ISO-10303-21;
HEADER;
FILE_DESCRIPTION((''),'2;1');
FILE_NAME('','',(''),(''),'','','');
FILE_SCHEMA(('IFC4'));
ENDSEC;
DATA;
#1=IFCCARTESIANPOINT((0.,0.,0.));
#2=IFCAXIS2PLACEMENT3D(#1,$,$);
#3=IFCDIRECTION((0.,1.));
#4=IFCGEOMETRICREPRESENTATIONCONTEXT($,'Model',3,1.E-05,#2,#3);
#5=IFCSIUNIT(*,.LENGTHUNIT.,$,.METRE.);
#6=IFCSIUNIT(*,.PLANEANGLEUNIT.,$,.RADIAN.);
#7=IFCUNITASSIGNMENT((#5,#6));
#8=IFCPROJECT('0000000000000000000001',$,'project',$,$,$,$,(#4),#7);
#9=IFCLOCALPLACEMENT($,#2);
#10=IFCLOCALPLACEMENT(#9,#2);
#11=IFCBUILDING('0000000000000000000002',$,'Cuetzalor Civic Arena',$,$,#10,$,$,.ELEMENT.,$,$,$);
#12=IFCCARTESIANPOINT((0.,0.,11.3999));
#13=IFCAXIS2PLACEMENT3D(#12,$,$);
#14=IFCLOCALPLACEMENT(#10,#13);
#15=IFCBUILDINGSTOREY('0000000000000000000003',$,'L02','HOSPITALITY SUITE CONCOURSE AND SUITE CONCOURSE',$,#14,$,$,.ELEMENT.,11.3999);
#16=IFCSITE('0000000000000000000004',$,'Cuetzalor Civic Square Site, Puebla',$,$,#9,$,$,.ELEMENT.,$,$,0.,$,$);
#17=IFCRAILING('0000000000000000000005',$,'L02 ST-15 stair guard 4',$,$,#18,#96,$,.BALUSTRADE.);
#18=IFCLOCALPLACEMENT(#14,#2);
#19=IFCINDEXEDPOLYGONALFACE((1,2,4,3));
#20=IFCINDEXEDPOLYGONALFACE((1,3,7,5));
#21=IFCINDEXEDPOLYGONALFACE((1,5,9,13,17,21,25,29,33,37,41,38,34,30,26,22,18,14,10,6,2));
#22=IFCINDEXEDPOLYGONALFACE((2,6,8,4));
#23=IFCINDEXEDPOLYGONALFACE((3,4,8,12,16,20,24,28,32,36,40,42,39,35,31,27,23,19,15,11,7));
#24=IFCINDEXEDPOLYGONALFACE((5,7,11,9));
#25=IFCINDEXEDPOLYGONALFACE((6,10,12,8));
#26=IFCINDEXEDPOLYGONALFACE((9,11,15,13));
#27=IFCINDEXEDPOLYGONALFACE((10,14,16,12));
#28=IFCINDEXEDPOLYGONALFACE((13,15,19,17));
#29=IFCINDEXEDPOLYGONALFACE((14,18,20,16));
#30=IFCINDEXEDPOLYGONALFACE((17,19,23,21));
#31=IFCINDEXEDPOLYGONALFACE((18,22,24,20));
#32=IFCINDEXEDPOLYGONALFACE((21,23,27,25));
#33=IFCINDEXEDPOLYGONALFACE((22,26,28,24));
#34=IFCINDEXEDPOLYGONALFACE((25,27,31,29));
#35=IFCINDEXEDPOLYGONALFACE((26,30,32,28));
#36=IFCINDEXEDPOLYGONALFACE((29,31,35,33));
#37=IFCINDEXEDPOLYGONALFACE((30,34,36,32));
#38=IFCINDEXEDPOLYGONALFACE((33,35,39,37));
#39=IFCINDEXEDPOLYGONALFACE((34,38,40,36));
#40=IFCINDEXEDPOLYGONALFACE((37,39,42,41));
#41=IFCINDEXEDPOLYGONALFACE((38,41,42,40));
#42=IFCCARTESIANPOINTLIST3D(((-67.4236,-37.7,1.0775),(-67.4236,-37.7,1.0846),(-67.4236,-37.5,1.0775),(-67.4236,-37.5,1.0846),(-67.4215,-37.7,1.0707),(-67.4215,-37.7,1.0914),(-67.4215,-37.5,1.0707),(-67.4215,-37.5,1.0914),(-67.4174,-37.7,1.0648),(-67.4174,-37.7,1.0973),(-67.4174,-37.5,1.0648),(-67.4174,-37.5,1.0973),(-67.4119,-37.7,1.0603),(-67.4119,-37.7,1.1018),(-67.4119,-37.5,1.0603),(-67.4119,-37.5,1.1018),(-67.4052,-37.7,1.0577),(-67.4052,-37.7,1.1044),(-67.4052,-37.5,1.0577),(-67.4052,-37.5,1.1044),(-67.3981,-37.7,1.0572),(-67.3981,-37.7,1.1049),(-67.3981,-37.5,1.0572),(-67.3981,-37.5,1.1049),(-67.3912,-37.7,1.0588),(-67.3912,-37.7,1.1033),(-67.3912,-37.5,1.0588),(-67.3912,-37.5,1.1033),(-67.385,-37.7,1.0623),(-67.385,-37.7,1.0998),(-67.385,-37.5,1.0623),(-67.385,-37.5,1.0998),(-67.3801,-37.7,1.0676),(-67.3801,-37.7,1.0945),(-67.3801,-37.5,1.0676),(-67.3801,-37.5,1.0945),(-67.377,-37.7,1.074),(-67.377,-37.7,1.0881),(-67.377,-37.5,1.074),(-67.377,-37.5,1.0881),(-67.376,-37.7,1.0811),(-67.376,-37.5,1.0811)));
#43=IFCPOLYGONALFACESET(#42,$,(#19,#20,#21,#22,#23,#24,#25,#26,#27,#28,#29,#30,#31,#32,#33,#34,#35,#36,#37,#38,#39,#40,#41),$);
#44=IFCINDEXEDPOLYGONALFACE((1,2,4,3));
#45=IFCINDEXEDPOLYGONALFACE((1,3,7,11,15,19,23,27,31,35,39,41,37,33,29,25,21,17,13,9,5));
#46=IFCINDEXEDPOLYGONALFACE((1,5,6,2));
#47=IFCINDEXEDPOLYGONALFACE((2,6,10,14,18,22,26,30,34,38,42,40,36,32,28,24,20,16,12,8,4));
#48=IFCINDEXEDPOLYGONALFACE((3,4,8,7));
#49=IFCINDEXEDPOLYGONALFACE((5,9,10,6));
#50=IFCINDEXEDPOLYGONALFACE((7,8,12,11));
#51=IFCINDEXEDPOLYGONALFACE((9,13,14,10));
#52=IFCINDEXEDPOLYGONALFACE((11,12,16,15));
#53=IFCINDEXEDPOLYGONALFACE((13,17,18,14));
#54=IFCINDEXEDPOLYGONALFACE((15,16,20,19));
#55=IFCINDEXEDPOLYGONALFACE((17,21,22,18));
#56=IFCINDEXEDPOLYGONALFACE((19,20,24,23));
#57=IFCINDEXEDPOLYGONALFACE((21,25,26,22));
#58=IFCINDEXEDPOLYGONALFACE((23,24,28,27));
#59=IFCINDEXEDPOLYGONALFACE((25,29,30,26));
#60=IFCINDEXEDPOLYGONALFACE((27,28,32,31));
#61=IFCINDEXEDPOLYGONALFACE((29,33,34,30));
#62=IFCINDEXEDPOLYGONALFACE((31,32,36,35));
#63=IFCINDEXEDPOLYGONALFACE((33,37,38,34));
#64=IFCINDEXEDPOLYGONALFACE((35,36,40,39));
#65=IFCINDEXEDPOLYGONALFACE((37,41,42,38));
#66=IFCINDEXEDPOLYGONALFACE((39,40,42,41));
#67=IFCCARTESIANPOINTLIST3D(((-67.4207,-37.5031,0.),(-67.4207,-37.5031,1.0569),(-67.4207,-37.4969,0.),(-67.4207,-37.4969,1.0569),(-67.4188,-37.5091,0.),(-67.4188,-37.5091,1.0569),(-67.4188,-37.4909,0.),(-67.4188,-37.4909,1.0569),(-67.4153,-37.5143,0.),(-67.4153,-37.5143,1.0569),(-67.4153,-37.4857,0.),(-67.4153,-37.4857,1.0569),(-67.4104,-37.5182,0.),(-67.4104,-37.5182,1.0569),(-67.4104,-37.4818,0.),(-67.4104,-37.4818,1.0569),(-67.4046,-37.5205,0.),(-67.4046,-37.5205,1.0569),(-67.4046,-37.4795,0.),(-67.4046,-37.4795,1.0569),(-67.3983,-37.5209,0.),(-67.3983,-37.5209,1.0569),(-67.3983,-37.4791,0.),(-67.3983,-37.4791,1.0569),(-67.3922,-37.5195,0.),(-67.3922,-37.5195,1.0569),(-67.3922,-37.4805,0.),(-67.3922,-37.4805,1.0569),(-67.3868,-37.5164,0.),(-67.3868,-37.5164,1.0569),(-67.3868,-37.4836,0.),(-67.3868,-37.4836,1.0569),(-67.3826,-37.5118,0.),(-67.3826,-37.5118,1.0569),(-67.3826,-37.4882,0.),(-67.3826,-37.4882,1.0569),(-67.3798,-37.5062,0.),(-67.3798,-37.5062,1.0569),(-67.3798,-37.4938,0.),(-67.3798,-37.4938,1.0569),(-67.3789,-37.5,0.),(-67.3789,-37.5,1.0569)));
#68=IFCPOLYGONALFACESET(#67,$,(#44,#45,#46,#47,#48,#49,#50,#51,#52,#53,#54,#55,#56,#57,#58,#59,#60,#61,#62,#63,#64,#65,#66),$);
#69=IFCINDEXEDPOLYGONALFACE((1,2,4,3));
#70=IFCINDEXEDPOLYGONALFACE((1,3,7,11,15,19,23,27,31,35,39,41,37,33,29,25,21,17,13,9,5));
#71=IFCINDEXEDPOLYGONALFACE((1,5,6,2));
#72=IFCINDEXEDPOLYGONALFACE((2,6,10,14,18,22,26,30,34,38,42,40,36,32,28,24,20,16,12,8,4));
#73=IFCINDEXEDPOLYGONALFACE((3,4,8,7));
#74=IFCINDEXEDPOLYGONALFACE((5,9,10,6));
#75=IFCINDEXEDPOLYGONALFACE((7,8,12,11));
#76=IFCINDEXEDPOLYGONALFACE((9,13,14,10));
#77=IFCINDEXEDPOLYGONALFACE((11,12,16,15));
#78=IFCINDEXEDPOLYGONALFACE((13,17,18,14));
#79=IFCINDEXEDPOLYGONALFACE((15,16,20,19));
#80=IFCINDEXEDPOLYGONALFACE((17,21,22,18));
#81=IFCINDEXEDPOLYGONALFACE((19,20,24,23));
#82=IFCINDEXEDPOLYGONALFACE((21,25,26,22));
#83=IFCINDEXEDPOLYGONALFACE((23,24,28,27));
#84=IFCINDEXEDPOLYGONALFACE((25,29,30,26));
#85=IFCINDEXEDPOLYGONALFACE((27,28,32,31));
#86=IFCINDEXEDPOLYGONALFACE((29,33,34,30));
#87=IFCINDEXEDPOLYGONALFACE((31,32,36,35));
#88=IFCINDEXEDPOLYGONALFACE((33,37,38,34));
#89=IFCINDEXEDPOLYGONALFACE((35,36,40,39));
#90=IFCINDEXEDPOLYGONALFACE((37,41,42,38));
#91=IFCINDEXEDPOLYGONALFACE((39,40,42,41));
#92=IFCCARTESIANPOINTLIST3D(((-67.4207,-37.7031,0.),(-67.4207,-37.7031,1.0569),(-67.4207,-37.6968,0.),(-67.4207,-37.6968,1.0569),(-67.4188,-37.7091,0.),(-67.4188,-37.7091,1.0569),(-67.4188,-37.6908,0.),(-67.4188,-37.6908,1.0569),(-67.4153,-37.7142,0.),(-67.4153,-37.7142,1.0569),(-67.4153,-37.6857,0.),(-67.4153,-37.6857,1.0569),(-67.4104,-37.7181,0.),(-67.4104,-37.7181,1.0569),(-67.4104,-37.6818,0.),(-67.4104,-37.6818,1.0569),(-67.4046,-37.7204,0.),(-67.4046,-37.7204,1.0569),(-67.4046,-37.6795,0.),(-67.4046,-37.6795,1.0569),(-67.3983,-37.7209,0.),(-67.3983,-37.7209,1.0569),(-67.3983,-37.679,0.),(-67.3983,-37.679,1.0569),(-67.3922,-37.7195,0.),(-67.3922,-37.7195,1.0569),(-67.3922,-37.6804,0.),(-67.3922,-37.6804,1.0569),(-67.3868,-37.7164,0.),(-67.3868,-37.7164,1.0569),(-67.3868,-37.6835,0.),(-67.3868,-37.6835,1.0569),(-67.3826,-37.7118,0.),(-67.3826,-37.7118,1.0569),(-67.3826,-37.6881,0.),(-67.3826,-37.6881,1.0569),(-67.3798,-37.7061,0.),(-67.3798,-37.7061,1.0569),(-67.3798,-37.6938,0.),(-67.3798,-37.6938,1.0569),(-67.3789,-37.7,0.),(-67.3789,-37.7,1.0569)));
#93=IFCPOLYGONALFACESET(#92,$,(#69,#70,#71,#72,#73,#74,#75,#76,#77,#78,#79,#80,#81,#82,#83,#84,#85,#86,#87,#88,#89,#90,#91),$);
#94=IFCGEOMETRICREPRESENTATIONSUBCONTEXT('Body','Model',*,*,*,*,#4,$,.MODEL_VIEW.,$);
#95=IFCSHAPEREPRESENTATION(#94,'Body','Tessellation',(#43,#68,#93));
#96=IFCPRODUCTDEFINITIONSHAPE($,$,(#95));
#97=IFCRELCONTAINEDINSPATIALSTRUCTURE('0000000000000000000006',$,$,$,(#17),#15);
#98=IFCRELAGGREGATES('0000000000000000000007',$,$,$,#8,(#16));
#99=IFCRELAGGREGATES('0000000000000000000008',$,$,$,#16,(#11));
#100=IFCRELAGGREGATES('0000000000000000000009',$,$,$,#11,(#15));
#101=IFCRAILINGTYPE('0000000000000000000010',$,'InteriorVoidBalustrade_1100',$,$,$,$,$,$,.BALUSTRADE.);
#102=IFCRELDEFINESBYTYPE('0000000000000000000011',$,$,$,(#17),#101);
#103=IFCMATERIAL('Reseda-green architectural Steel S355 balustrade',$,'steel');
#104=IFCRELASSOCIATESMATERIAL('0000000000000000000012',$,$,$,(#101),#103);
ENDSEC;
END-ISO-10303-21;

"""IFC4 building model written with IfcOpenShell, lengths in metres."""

from ifc_helpers import new_model, si_unit, direction, frame, origin, origin_2d, place, context, subcontext, project, spatial, circle, extrude, material, type_object, element, save


model = new_model("IFC4")

# Units and contexts
model_context = context("Model", 3, precision=1e-05, world=origin(), true_north=direction((0.0, 1.0)))
body_context = subcontext(model_context, "Body", "Model", "MODEL_VIEW")
ifc_project = project(units=[si_unit("LENGTHUNIT", "METRE"), si_unit("PLANEANGLEUNIT", "RADIAN")], contexts=[model_context])

# Site, building, storey
site_placement = place(None, origin())
site = spatial("IfcSite", under=ifc_project, at=site_placement, Name="Cuetzalor Civic Square Site, Puebla", CompositionType="ELEMENT", RefElevation=0.0)
building_placement = place(site_placement, origin())
building = spatial("IfcBuilding", under=site, at=building_placement, Name="Cuetzalor Civic Arena", CompositionType="ELEMENT")
storey_placement = place(building_placement, frame((0.0, 0.0, 11.3999)))
storey = spatial("IfcBuildingStorey", under=building, at=storey_placement, Name="L02", Description="HOSPITALITY SUITE CONCOURSE AND SUITE CONCOURSE", CompositionType="ELEMENT", Elevation=11.3999)

# Railing
ifc_material_1 = material(Name="Reseda-green architectural Steel S355 balustrade", Category="steel")
railing_type = type_object("IfcRailingType", Name="InteriorVoidBalustrade_1100", PredefinedType="BALUSTRADE", material=ifc_material_1)
railing_1_placement = place(storey_placement, frame((-67.3999, -37.5, 0.0)))
element("IfcRailing", 1, at=railing_1_placement, inside=storey, type_object=railing_type, Name="L02 ST-15 stair guard 4", PredefinedType="BALUSTRADE", context=body_context, shape_type="SweptSolid", body=[
    extrude(circle(Radius=0.0239, at=origin_2d()), frame((0.0, 0.0, 1.0811), z_axis=(0.0, -1.0, 0.0), x_axis=(1.0, 0.0, 0.0)), (0.0, 0.0, 1.0), 0.2),
    extrude(circle(Radius=0.021, at=origin_2d()), origin(), (0.0, 0.0, 1.0), 1.0569),
    extrude(circle(Radius=0.021, at=origin_2d()), frame((0.0, -0.2, 0.0)), (0.0, 0.0, 1.0), 1.0569),
])

save(model, "model.ifc")
